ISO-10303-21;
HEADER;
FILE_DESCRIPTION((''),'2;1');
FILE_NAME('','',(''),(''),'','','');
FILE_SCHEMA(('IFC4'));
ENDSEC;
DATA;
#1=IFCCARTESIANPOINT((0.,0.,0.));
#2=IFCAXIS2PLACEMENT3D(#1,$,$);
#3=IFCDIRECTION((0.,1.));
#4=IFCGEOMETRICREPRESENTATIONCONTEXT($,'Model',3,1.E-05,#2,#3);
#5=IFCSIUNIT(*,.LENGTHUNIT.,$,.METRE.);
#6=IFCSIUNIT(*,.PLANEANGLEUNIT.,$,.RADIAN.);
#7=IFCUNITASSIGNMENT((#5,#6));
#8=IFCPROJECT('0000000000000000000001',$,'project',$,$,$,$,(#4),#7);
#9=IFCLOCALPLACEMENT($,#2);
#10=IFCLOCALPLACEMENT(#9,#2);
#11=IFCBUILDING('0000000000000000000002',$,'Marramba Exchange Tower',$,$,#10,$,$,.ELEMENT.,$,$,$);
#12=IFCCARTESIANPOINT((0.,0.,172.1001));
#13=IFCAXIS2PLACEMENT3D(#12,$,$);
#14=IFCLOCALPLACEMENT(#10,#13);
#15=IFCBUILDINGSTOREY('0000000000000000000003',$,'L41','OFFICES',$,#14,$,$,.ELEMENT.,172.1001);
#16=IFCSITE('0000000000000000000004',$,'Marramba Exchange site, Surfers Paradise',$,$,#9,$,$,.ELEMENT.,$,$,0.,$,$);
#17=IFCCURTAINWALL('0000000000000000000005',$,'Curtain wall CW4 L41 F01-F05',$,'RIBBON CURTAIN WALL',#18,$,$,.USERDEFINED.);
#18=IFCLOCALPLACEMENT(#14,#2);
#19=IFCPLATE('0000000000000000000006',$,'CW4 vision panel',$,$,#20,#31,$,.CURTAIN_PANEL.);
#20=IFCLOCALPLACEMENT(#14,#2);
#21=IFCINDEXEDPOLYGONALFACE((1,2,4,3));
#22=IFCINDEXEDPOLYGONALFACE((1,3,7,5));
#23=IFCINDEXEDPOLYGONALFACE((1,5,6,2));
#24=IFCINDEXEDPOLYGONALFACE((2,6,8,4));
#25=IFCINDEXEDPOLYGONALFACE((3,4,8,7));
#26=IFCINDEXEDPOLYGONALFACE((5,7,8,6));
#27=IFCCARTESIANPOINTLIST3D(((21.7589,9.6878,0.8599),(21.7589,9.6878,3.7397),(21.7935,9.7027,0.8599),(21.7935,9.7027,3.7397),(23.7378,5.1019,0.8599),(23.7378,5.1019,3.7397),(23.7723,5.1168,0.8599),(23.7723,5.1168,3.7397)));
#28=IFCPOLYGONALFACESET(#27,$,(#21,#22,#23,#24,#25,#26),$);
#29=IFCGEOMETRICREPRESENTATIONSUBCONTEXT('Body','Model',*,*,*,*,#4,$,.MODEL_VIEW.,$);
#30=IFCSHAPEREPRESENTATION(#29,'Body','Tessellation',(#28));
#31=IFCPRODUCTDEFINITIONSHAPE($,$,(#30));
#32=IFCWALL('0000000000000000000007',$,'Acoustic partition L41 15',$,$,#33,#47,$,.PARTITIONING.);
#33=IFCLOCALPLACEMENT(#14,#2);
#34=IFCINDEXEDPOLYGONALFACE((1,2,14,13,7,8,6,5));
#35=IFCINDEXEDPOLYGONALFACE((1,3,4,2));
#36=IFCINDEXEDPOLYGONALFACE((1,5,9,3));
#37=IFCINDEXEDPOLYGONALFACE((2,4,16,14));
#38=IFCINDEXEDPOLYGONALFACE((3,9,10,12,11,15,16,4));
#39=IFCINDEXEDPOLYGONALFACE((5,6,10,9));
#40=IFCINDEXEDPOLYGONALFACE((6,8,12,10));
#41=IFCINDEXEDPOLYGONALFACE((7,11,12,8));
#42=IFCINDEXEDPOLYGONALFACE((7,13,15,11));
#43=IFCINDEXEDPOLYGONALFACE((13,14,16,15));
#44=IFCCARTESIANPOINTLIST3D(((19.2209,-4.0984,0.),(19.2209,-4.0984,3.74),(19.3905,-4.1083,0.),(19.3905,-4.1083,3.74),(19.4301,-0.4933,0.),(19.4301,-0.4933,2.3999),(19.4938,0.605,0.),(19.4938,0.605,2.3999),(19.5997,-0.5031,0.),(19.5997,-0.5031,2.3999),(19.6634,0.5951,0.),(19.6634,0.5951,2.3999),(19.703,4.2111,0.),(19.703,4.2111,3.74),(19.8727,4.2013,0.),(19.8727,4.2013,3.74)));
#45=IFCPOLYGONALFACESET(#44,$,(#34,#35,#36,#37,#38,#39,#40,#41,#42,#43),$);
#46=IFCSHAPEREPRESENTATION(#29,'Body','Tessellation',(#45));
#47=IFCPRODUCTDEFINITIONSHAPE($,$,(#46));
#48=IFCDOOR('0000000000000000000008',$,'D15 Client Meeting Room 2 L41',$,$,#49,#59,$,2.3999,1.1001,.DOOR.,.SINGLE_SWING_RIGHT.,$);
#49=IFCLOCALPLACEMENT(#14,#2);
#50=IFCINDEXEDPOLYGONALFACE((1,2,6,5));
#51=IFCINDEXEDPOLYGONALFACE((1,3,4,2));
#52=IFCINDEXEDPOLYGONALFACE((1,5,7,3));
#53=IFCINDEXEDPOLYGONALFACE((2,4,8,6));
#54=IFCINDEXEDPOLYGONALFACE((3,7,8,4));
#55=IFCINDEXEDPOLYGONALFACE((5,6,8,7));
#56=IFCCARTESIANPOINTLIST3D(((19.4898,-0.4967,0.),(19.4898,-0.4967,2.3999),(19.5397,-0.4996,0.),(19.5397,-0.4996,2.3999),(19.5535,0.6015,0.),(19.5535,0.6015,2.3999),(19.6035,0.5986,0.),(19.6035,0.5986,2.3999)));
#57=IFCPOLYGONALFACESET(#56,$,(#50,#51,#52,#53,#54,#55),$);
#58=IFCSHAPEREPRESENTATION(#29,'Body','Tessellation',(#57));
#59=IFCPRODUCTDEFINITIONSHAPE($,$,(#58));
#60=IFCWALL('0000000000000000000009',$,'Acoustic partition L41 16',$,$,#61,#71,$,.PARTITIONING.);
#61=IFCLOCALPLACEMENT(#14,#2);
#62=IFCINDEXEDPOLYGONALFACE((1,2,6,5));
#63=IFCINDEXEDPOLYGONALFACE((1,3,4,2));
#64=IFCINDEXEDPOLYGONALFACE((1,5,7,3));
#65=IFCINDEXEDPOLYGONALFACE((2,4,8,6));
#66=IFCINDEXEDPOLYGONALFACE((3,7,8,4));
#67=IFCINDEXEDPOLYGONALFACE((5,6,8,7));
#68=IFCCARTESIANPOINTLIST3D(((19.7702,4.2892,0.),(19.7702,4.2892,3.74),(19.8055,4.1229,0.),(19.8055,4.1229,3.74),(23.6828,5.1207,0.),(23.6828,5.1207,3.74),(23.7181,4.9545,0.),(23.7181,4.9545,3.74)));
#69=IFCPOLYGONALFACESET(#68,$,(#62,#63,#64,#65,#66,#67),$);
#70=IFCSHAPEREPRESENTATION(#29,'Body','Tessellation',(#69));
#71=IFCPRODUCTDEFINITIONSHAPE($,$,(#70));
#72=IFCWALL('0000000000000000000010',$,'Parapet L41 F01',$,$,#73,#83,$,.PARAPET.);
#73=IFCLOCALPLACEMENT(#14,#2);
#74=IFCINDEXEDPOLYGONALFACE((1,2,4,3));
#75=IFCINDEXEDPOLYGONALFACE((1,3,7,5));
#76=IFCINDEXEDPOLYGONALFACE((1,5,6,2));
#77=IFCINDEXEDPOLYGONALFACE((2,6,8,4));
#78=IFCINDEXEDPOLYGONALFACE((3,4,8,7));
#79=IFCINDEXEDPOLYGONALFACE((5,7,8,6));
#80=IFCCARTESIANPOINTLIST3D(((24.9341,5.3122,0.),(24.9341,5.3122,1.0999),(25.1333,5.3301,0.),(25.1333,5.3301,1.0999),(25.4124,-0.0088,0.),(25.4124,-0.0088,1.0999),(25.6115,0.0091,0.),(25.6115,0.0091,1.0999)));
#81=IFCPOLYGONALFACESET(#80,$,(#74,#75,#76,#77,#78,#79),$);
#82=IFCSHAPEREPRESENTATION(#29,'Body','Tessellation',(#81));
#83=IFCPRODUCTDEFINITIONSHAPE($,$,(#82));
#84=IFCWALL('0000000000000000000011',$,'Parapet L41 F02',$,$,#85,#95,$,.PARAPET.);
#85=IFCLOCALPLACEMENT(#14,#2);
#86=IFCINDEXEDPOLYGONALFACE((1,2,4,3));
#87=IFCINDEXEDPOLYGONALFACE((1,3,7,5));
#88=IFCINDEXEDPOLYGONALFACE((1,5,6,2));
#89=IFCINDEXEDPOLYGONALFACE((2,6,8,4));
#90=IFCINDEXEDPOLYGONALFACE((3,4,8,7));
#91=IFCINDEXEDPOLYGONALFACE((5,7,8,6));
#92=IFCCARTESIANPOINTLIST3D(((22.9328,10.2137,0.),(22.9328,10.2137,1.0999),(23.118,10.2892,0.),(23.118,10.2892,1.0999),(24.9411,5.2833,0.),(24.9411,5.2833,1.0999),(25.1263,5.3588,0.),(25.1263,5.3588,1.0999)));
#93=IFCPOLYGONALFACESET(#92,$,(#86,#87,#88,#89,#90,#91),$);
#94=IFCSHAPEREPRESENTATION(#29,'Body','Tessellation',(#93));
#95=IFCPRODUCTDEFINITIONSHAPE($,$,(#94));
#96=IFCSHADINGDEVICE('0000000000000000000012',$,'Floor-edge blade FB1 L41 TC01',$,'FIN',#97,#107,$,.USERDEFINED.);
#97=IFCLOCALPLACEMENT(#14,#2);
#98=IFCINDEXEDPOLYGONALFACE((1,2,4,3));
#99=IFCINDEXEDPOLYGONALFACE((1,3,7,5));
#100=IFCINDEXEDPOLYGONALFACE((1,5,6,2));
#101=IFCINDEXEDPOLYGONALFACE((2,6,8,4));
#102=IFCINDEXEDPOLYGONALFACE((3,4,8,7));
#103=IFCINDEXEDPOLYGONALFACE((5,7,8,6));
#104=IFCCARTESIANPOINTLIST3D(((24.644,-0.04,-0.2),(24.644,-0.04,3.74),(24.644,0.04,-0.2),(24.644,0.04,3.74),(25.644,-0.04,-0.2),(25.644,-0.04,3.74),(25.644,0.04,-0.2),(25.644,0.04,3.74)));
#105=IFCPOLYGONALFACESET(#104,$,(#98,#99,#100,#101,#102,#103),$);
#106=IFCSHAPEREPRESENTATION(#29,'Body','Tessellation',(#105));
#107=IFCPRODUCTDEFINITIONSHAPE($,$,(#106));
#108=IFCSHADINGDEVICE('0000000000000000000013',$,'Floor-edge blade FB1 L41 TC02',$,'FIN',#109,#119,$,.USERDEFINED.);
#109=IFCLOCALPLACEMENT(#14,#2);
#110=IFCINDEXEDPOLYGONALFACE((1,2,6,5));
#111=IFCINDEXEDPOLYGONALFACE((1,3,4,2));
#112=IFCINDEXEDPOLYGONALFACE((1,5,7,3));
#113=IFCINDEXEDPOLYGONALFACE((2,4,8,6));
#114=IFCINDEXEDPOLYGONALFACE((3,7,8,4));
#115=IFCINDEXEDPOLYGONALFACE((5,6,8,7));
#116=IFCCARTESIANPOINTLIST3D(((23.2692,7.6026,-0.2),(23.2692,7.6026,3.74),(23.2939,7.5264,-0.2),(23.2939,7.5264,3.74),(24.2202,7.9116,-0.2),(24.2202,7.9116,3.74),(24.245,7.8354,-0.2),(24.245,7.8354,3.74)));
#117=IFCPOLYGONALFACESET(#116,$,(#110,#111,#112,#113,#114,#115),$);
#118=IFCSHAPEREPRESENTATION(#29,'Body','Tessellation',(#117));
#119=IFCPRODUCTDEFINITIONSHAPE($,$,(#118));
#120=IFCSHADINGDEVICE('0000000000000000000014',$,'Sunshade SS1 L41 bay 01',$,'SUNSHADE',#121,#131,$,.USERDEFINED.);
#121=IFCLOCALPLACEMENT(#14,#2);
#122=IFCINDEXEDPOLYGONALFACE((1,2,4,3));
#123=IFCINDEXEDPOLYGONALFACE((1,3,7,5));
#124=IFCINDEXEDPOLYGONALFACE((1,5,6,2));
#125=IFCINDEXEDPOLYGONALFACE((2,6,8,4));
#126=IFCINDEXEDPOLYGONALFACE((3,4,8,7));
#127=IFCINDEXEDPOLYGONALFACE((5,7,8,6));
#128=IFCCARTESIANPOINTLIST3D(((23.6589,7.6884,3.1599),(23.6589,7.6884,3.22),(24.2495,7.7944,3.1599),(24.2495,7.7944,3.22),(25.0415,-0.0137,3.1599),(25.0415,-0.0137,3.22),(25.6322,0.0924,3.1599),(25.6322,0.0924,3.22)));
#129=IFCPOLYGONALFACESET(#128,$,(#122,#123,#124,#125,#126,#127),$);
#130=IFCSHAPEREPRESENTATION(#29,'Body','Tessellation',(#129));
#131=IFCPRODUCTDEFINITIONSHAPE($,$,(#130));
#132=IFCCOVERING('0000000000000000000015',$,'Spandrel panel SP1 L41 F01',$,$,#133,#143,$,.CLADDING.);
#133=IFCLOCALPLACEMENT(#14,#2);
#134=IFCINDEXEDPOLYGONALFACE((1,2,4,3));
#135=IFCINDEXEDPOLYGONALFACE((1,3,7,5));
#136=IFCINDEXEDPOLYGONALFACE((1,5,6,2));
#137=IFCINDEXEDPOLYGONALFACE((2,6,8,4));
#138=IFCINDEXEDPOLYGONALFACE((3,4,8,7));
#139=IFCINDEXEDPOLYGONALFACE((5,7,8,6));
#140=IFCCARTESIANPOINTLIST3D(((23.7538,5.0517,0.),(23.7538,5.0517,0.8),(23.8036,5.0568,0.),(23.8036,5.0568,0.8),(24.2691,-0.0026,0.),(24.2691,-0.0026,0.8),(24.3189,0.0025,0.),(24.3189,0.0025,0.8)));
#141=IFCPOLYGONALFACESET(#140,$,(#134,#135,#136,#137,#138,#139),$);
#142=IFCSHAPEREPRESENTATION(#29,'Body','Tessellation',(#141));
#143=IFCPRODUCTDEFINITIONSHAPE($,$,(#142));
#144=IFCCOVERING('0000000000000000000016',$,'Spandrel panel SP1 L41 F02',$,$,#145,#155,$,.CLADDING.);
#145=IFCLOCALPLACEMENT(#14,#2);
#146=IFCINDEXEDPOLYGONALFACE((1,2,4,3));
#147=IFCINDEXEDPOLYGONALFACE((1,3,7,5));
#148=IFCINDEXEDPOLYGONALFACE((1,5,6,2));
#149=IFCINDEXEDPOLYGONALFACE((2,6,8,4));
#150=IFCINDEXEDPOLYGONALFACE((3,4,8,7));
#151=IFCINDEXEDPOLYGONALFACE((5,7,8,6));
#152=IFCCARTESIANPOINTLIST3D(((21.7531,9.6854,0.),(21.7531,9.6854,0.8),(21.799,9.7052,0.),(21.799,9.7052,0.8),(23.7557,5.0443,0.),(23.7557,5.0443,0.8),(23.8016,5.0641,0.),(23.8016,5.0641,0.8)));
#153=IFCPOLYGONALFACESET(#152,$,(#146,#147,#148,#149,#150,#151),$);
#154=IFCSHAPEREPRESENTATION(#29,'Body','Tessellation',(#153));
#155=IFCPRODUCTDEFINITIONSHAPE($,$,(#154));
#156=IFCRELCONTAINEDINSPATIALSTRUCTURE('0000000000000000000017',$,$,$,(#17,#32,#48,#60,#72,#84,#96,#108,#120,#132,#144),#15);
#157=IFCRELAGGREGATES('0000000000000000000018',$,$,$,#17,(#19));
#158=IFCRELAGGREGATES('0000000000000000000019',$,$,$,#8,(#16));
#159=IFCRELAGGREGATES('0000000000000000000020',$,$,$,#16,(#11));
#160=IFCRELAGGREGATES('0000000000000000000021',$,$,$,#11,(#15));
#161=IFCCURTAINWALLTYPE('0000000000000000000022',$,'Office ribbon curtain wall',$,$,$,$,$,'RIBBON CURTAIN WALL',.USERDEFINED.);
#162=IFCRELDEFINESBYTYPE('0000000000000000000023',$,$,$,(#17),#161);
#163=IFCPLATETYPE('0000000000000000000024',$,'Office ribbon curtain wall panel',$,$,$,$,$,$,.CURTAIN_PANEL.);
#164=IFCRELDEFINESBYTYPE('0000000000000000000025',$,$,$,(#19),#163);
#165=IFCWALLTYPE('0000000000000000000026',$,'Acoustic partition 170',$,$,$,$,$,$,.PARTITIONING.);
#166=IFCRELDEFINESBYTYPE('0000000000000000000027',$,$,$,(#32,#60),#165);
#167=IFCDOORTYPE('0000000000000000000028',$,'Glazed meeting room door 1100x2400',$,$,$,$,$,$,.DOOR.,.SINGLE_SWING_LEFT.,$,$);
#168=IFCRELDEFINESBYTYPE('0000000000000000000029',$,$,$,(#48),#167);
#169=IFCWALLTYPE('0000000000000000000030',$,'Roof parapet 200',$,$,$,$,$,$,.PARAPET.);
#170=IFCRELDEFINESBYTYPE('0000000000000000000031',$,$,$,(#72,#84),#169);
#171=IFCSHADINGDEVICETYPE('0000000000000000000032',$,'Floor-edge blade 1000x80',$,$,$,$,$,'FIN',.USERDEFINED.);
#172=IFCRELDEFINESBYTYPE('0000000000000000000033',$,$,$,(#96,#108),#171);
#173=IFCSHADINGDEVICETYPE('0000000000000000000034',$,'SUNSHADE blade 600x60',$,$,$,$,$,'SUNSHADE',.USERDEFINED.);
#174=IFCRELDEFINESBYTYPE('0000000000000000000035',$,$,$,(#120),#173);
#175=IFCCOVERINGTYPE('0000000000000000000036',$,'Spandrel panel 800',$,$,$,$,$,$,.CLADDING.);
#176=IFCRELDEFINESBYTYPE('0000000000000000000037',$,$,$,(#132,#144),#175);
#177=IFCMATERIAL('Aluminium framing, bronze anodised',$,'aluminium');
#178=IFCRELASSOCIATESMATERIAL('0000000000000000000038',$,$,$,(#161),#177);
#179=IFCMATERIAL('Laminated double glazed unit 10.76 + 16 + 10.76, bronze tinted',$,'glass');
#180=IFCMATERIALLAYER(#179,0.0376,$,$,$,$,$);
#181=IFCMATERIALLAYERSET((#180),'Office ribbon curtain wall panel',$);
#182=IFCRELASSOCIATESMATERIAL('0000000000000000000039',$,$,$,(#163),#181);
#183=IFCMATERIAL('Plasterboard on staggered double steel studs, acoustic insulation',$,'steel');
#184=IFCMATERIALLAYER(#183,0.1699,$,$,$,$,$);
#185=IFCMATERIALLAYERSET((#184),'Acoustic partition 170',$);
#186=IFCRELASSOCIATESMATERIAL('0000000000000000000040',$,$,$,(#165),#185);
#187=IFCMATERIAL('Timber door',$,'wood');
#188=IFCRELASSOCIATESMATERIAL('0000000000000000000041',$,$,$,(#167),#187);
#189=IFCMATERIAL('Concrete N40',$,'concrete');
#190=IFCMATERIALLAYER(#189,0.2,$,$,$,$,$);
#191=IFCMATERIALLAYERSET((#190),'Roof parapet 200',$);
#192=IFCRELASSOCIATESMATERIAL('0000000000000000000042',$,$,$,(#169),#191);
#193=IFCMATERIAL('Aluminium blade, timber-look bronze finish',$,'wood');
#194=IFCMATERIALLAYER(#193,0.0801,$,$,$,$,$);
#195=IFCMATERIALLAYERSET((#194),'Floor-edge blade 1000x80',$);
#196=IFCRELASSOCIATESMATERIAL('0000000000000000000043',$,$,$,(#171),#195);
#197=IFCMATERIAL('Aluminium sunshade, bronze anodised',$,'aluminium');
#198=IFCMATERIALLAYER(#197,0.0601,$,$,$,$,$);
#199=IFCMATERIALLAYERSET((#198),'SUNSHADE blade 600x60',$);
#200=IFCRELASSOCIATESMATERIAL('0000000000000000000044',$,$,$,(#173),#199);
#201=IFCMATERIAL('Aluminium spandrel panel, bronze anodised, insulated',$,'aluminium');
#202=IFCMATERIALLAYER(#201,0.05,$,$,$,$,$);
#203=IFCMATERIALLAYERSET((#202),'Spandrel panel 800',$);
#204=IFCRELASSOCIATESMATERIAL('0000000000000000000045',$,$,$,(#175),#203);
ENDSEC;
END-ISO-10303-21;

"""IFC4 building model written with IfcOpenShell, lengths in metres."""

from ifc_helpers import new_model, si_unit, direction, frame, frame_2d, origin, origin_2d, place, context, subcontext, project, spatial, rectangle, extrude, material, layer, layer_set, type_object, element, fill, aggregate, save


model = new_model("IFC4")

# Units and contexts
model_context = context("Model", 3, precision=1e-05, world=origin(), true_north=direction((0.0, 1.0)))
body_context = subcontext(model_context, "Body", "Model", "MODEL_VIEW")
ifc_project = project(units=[si_unit("LENGTHUNIT", "METRE"), si_unit("PLANEANGLEUNIT", "RADIAN")], contexts=[model_context])

# Site, building, storey
site_placement = place(None, origin())
site = spatial("IfcSite", under=ifc_project, at=site_placement, Name="Marramba Exchange site, Surfers Paradise", CompositionType="ELEMENT", RefElevation=0.0)
building_placement = place(site_placement, origin())
building = spatial("IfcBuilding", under=site, at=building_placement, Name="Marramba Exchange Tower", CompositionType="ELEMENT")
storey_placement = place(building_placement, frame((0.0, 0.0, 172.1001)))
storey = spatial("IfcBuildingStorey", under=building, at=storey_placement, Name="L41", Description="OFFICES", CompositionType="ELEMENT", Elevation=172.1001)

# Curtain wall
ifc_material_1 = material(Name="Aluminium framing, bronze anodised", Category="aluminium")
curtain_wall_type = type_object("IfcCurtainWallType", Name="Office ribbon curtain wall", ElementType="RIBBON CURTAIN WALL", PredefinedType="USERDEFINED", material=ifc_material_1)
curtain_wall_placement = place(storey_placement, origin())
curtain_wall = element("IfcCurtainWall", 1, at=curtain_wall_placement, inside=storey, type_object=curtain_wall_type, Name="Curtain wall CW4 L41 F01-F05", ObjectType="RIBBON CURTAIN WALL", PredefinedType="USERDEFINED")

# Plate
ifc_material_2 = material(Name="Laminated double glazed unit 10.76 + 16 + 10.76, bronze tinted", Category="glass")
ifc_layer_1 = layer(ifc_material_2, 0.0376)
ifc_layer_set_1 = layer_set([ifc_layer_1], Name="Office ribbon curtain wall panel")
plate_type = type_object("IfcPlateType", Name="Office ribbon curtain wall panel", PredefinedType="CURTAIN_PANEL", material=ifc_layer_set_1)
plate_1_placement = place(storey_placement, frame((22.7656, 7.4023, 0.8599), z_axis=(0.0, 0.0, 1.0), x_axis=(-0.396193, 0.918167, 0.0)))
plate_1 = element("IfcPlate", 2, at=plate_1_placement, type_object=plate_type, Name="CW4 vision panel", PredefinedType="CURTAIN_PANEL", context=body_context, shape_type="SweptSolid", body=[
    extrude(rectangle(XDim=4.9946, YDim=0.0376, at=origin_2d()), origin(), (0.0, 0.0, 1.0), 2.8799),
])
aggregate(curtain_wall, [plate_1])

# Wall, opening, door
ifc_material_3 = material(Name="Plasterboard on staggered double steel studs, acoustic insulation", Category="steel")
ifc_layer_2 = layer(ifc_material_3, 0.1699)
ifc_layer_set_2 = layer_set([ifc_layer_2], Name="Acoustic partition 170")
wall_type_1 = type_object("IfcWallType", Name="Acoustic partition 170", PredefinedType="PARTITIONING", material=ifc_layer_set_2)
wall_1_placement = place(storey_placement, frame((19.7878, 4.2061, 0.0), z_axis=(0.0, 0.0, 1.0), x_axis=(-0.057929, -0.998321, 0.0)))
wall_1 = element("IfcWall", 3, at=wall_1_placement, inside=storey, type_object=wall_type_1, Name="Acoustic partition L41 15", PredefinedType="PARTITIONING", context=body_context, shape_type="SweptSolid", body=[
    extrude(rectangle(XDim=8.3235, YDim=0.1699, at=frame_2d((4.1616, 0.0))), origin(), (0.0, 0.0, 1.0), 3.74),
])
opening_placement = place(wall_1_placement, frame((3.6121, 0.0, 0.0)))
opening = element("IfcOpeningElement", 4, at=opening_placement, cuts=wall_1, PredefinedType="OPENING", context=body_context, shape_type="SweptSolid", body=[
    extrude(rectangle(XDim=1.1001, YDim=2.3999, at=frame_2d((0.55, 1.2))), frame((0.0, 0.095, 0.0), z_axis=(0.0, -1.0, 0.0), x_axis=(1.0, 0.0, 0.0)), (0.0, 0.0, 1.0), 0.1899),
])
ifc_material_4 = material(Name="Timber door", Category="wood")
door_type = type_object("IfcDoorType", Name="Glazed meeting room door 1100x2400", OperationType="SINGLE_SWING_LEFT", PredefinedType="DOOR", material=ifc_material_4)
door_placement = place(opening_placement, origin())
door = element("IfcDoor", 5, at=door_placement, inside=storey, type_object=door_type, Name="D15 Client Meeting Room 2 L41", OperationType="SINGLE_SWING_RIGHT", OverallHeight=2.3999, OverallWidth=1.1001, PredefinedType="DOOR", context=body_context, shape_type="SweptSolid", body=[
    extrude(rectangle(XDim=1.1001, YDim=2.3999, at=frame_2d((0.55, 1.2))), frame((0.0, 0.0249, 0.0), z_axis=(0.0, -1.0, 0.0), x_axis=(1.0, 0.0, 0.0)), (0.0, 0.0, 1.0), 0.05),
])
fill(opening, door)

# Walls
wall_2_placement = place(storey_placement, frame((19.7878, 4.2061, 0.0), z_axis=(0.0, 0.0, 1.0), x_axis=(0.978153, 0.207886, 0.0)))
element("IfcWall", 6, at=wall_2_placement, inside=storey, type_object=wall_type_1, Name="Acoustic partition L41 16", PredefinedType="PARTITIONING", context=body_context, shape_type="SweptSolid", body=[
    extrude(rectangle(XDim=4.0, YDim=0.1699, at=frame_2d((2.0, 0.0))), origin(), (0.0, 0.0, 1.0), 3.74),
])
ifc_material_5 = material(Name="Concrete N40", Category="concrete")
ifc_layer_3 = layer(ifc_material_5, 0.2)
ifc_layer_set_3 = layer_set([ifc_layer_3], Name="Roof parapet 200")
wall_type_2 = type_object("IfcWallType", Name="Roof parapet 200", PredefinedType="PARAPET", material=ifc_layer_set_3)
wall_3_placement = place(storey_placement, frame((25.512, 0.0, 0.0), z_axis=(0.0, 0.0, 1.0), x_axis=(-0.089522, 0.995985, 0.0)))
element("IfcWall", 7, at=wall_3_placement, inside=storey, type_object=wall_type_2, Name="Parapet L41 F01", PredefinedType="PARAPET", context=body_context, shape_type="SweptSolid", body=[
    extrude(rectangle(XDim=5.3425, YDim=0.2, at=frame_2d((2.6714, 0.0))), origin(), (0.0, 0.0, 1.0), 1.0999),
])
wall_4_placement = place(storey_placement, frame((25.0337, 5.321, 0.0), z_axis=(0.0, 0.0, 1.0), x_axis=(-0.377234, 0.926118, 0.0)))
element("IfcWall", 8, at=wall_4_placement, inside=storey, type_object=wall_type_2, Name="Parapet L41 F02", PredefinedType="PARAPET", context=body_context, shape_type="SweptSolid", body=[
    extrude(rectangle(XDim=5.3237, YDim=0.2, at=frame_2d((2.6619, 0.0))), origin(), (0.0, 0.0, 1.0), 1.0999),
])

# Shading devices
ifc_material_6 = material(Name="Aluminium blade, timber-look bronze finish", Category="wood")
ifc_layer_4 = layer(ifc_material_6, 0.0801)
ifc_layer_set_4 = layer_set([ifc_layer_4], Name="Floor-edge blade 1000x80")
shading_device_type_1 = type_object("IfcShadingDeviceType", Name="Floor-edge blade 1000x80", ElementType="FIN", PredefinedType="USERDEFINED", material=ifc_layer_set_4)
for number, where, z_axis, x_axis, name in (
    (9, (25.144, 0.0, -0.2), (0.0, 0.0, 1.0), (1.0, 0.0, 0.0), "Floor-edge blade FB1 L41 TC01"),
    (10, (23.7571, 7.719, -0.2), (0.0, 0.0, 1.0), (0.951057, 0.309017, 0.0), "Floor-edge blade FB1 L41 TC02"),
):
    element("IfcShadingDevice", number, at=place(storey_placement, frame(where, z_axis=z_axis, x_axis=x_axis)), inside=storey, type_object=shading_device_type_1, Name=name, ObjectType="FIN", PredefinedType="USERDEFINED", context=body_context, shape_type="SweptSolid", body=[
        extrude(rectangle(XDim=1.0, YDim=0.0801, at=origin_2d()), origin(), (0.0, 0.0, 1.0), 3.9399),
    ])
ifc_material_7 = material(Name="Aluminium sunshade, bronze anodised", Category="aluminium")
ifc_layer_5 = layer(ifc_material_7, 0.0601)
ifc_layer_set_5 = layer_set([ifc_layer_5], Name="SUNSHADE blade 600x60")
shading_device_type_2 = type_object("IfcShadingDeviceType", Name="SUNSHADE blade 600x60", ElementType="SUNSHADE", PredefinedType="USERDEFINED", material=ifc_layer_set_5)
shading_device_placement = place(storey_placement, frame((24.6455, 3.8904, 3.1599), z_axis=(0.0, 0.0, 1.0), x_axis=(-0.176691, 0.984266, 0.0)))
element("IfcShadingDevice", 11, at=shading_device_placement, inside=storey, type_object=shading_device_type_2, Name="Sunshade SS1 L41 bay 01", ObjectType="SUNSHADE", PredefinedType="USERDEFINED", context=body_context, shape_type="SweptSolid", body=[
    extrude(rectangle(XDim=7.8252, YDim=0.6001, at=origin_2d()), origin(), (0.0, 0.0, 1.0), 0.0601),
])

# Coverings
ifc_material_8 = material(Name="Aluminium spandrel panel, bronze anodised, insulated", Category="aluminium")
ifc_layer_6 = layer(ifc_material_8, 0.05)
ifc_layer_set_6 = layer_set([ifc_layer_6], Name="Spandrel panel 800")
covering_type = type_object("IfcCoveringType", Name="Spandrel panel 800", PredefinedType="CLADDING", material=ifc_layer_set_6)
covering_1_placement = place(storey_placement, frame((24.0364, 2.5271, 0.0), z_axis=(0.0, 0.0, 1.0), x_axis=(-0.101422, 0.994843, 0.0)))
element("IfcCovering", 12, at=covering_1_placement, inside=storey, type_object=covering_type, Name="Spandrel panel SP1 L41 F01", PredefinedType="CLADDING", context=body_context, shape_type="SweptSolid", body=[
    extrude(rectangle(XDim=5.0806, YDim=0.05, at=origin_2d()), origin(), (0.0, 0.0, 1.0), 0.8),
])
covering_2_placement = place(storey_placement, frame((22.7773, 7.3748, 0.0), z_axis=(0.0, 0.0, 1.0), x_axis=(-0.396193, 0.918167, 0.0)))
element("IfcCovering", 13, at=covering_2_placement, inside=storey, type_object=covering_type, Name="Spandrel panel SP1 L41 F02", PredefinedType="CLADDING", context=body_context, shape_type="SweptSolid", body=[
    extrude(rectangle(XDim=5.0547, YDim=0.05, at=origin_2d()), origin(), (0.0, 0.0, 1.0), 0.8),
])

save(model, "model.ifc")
